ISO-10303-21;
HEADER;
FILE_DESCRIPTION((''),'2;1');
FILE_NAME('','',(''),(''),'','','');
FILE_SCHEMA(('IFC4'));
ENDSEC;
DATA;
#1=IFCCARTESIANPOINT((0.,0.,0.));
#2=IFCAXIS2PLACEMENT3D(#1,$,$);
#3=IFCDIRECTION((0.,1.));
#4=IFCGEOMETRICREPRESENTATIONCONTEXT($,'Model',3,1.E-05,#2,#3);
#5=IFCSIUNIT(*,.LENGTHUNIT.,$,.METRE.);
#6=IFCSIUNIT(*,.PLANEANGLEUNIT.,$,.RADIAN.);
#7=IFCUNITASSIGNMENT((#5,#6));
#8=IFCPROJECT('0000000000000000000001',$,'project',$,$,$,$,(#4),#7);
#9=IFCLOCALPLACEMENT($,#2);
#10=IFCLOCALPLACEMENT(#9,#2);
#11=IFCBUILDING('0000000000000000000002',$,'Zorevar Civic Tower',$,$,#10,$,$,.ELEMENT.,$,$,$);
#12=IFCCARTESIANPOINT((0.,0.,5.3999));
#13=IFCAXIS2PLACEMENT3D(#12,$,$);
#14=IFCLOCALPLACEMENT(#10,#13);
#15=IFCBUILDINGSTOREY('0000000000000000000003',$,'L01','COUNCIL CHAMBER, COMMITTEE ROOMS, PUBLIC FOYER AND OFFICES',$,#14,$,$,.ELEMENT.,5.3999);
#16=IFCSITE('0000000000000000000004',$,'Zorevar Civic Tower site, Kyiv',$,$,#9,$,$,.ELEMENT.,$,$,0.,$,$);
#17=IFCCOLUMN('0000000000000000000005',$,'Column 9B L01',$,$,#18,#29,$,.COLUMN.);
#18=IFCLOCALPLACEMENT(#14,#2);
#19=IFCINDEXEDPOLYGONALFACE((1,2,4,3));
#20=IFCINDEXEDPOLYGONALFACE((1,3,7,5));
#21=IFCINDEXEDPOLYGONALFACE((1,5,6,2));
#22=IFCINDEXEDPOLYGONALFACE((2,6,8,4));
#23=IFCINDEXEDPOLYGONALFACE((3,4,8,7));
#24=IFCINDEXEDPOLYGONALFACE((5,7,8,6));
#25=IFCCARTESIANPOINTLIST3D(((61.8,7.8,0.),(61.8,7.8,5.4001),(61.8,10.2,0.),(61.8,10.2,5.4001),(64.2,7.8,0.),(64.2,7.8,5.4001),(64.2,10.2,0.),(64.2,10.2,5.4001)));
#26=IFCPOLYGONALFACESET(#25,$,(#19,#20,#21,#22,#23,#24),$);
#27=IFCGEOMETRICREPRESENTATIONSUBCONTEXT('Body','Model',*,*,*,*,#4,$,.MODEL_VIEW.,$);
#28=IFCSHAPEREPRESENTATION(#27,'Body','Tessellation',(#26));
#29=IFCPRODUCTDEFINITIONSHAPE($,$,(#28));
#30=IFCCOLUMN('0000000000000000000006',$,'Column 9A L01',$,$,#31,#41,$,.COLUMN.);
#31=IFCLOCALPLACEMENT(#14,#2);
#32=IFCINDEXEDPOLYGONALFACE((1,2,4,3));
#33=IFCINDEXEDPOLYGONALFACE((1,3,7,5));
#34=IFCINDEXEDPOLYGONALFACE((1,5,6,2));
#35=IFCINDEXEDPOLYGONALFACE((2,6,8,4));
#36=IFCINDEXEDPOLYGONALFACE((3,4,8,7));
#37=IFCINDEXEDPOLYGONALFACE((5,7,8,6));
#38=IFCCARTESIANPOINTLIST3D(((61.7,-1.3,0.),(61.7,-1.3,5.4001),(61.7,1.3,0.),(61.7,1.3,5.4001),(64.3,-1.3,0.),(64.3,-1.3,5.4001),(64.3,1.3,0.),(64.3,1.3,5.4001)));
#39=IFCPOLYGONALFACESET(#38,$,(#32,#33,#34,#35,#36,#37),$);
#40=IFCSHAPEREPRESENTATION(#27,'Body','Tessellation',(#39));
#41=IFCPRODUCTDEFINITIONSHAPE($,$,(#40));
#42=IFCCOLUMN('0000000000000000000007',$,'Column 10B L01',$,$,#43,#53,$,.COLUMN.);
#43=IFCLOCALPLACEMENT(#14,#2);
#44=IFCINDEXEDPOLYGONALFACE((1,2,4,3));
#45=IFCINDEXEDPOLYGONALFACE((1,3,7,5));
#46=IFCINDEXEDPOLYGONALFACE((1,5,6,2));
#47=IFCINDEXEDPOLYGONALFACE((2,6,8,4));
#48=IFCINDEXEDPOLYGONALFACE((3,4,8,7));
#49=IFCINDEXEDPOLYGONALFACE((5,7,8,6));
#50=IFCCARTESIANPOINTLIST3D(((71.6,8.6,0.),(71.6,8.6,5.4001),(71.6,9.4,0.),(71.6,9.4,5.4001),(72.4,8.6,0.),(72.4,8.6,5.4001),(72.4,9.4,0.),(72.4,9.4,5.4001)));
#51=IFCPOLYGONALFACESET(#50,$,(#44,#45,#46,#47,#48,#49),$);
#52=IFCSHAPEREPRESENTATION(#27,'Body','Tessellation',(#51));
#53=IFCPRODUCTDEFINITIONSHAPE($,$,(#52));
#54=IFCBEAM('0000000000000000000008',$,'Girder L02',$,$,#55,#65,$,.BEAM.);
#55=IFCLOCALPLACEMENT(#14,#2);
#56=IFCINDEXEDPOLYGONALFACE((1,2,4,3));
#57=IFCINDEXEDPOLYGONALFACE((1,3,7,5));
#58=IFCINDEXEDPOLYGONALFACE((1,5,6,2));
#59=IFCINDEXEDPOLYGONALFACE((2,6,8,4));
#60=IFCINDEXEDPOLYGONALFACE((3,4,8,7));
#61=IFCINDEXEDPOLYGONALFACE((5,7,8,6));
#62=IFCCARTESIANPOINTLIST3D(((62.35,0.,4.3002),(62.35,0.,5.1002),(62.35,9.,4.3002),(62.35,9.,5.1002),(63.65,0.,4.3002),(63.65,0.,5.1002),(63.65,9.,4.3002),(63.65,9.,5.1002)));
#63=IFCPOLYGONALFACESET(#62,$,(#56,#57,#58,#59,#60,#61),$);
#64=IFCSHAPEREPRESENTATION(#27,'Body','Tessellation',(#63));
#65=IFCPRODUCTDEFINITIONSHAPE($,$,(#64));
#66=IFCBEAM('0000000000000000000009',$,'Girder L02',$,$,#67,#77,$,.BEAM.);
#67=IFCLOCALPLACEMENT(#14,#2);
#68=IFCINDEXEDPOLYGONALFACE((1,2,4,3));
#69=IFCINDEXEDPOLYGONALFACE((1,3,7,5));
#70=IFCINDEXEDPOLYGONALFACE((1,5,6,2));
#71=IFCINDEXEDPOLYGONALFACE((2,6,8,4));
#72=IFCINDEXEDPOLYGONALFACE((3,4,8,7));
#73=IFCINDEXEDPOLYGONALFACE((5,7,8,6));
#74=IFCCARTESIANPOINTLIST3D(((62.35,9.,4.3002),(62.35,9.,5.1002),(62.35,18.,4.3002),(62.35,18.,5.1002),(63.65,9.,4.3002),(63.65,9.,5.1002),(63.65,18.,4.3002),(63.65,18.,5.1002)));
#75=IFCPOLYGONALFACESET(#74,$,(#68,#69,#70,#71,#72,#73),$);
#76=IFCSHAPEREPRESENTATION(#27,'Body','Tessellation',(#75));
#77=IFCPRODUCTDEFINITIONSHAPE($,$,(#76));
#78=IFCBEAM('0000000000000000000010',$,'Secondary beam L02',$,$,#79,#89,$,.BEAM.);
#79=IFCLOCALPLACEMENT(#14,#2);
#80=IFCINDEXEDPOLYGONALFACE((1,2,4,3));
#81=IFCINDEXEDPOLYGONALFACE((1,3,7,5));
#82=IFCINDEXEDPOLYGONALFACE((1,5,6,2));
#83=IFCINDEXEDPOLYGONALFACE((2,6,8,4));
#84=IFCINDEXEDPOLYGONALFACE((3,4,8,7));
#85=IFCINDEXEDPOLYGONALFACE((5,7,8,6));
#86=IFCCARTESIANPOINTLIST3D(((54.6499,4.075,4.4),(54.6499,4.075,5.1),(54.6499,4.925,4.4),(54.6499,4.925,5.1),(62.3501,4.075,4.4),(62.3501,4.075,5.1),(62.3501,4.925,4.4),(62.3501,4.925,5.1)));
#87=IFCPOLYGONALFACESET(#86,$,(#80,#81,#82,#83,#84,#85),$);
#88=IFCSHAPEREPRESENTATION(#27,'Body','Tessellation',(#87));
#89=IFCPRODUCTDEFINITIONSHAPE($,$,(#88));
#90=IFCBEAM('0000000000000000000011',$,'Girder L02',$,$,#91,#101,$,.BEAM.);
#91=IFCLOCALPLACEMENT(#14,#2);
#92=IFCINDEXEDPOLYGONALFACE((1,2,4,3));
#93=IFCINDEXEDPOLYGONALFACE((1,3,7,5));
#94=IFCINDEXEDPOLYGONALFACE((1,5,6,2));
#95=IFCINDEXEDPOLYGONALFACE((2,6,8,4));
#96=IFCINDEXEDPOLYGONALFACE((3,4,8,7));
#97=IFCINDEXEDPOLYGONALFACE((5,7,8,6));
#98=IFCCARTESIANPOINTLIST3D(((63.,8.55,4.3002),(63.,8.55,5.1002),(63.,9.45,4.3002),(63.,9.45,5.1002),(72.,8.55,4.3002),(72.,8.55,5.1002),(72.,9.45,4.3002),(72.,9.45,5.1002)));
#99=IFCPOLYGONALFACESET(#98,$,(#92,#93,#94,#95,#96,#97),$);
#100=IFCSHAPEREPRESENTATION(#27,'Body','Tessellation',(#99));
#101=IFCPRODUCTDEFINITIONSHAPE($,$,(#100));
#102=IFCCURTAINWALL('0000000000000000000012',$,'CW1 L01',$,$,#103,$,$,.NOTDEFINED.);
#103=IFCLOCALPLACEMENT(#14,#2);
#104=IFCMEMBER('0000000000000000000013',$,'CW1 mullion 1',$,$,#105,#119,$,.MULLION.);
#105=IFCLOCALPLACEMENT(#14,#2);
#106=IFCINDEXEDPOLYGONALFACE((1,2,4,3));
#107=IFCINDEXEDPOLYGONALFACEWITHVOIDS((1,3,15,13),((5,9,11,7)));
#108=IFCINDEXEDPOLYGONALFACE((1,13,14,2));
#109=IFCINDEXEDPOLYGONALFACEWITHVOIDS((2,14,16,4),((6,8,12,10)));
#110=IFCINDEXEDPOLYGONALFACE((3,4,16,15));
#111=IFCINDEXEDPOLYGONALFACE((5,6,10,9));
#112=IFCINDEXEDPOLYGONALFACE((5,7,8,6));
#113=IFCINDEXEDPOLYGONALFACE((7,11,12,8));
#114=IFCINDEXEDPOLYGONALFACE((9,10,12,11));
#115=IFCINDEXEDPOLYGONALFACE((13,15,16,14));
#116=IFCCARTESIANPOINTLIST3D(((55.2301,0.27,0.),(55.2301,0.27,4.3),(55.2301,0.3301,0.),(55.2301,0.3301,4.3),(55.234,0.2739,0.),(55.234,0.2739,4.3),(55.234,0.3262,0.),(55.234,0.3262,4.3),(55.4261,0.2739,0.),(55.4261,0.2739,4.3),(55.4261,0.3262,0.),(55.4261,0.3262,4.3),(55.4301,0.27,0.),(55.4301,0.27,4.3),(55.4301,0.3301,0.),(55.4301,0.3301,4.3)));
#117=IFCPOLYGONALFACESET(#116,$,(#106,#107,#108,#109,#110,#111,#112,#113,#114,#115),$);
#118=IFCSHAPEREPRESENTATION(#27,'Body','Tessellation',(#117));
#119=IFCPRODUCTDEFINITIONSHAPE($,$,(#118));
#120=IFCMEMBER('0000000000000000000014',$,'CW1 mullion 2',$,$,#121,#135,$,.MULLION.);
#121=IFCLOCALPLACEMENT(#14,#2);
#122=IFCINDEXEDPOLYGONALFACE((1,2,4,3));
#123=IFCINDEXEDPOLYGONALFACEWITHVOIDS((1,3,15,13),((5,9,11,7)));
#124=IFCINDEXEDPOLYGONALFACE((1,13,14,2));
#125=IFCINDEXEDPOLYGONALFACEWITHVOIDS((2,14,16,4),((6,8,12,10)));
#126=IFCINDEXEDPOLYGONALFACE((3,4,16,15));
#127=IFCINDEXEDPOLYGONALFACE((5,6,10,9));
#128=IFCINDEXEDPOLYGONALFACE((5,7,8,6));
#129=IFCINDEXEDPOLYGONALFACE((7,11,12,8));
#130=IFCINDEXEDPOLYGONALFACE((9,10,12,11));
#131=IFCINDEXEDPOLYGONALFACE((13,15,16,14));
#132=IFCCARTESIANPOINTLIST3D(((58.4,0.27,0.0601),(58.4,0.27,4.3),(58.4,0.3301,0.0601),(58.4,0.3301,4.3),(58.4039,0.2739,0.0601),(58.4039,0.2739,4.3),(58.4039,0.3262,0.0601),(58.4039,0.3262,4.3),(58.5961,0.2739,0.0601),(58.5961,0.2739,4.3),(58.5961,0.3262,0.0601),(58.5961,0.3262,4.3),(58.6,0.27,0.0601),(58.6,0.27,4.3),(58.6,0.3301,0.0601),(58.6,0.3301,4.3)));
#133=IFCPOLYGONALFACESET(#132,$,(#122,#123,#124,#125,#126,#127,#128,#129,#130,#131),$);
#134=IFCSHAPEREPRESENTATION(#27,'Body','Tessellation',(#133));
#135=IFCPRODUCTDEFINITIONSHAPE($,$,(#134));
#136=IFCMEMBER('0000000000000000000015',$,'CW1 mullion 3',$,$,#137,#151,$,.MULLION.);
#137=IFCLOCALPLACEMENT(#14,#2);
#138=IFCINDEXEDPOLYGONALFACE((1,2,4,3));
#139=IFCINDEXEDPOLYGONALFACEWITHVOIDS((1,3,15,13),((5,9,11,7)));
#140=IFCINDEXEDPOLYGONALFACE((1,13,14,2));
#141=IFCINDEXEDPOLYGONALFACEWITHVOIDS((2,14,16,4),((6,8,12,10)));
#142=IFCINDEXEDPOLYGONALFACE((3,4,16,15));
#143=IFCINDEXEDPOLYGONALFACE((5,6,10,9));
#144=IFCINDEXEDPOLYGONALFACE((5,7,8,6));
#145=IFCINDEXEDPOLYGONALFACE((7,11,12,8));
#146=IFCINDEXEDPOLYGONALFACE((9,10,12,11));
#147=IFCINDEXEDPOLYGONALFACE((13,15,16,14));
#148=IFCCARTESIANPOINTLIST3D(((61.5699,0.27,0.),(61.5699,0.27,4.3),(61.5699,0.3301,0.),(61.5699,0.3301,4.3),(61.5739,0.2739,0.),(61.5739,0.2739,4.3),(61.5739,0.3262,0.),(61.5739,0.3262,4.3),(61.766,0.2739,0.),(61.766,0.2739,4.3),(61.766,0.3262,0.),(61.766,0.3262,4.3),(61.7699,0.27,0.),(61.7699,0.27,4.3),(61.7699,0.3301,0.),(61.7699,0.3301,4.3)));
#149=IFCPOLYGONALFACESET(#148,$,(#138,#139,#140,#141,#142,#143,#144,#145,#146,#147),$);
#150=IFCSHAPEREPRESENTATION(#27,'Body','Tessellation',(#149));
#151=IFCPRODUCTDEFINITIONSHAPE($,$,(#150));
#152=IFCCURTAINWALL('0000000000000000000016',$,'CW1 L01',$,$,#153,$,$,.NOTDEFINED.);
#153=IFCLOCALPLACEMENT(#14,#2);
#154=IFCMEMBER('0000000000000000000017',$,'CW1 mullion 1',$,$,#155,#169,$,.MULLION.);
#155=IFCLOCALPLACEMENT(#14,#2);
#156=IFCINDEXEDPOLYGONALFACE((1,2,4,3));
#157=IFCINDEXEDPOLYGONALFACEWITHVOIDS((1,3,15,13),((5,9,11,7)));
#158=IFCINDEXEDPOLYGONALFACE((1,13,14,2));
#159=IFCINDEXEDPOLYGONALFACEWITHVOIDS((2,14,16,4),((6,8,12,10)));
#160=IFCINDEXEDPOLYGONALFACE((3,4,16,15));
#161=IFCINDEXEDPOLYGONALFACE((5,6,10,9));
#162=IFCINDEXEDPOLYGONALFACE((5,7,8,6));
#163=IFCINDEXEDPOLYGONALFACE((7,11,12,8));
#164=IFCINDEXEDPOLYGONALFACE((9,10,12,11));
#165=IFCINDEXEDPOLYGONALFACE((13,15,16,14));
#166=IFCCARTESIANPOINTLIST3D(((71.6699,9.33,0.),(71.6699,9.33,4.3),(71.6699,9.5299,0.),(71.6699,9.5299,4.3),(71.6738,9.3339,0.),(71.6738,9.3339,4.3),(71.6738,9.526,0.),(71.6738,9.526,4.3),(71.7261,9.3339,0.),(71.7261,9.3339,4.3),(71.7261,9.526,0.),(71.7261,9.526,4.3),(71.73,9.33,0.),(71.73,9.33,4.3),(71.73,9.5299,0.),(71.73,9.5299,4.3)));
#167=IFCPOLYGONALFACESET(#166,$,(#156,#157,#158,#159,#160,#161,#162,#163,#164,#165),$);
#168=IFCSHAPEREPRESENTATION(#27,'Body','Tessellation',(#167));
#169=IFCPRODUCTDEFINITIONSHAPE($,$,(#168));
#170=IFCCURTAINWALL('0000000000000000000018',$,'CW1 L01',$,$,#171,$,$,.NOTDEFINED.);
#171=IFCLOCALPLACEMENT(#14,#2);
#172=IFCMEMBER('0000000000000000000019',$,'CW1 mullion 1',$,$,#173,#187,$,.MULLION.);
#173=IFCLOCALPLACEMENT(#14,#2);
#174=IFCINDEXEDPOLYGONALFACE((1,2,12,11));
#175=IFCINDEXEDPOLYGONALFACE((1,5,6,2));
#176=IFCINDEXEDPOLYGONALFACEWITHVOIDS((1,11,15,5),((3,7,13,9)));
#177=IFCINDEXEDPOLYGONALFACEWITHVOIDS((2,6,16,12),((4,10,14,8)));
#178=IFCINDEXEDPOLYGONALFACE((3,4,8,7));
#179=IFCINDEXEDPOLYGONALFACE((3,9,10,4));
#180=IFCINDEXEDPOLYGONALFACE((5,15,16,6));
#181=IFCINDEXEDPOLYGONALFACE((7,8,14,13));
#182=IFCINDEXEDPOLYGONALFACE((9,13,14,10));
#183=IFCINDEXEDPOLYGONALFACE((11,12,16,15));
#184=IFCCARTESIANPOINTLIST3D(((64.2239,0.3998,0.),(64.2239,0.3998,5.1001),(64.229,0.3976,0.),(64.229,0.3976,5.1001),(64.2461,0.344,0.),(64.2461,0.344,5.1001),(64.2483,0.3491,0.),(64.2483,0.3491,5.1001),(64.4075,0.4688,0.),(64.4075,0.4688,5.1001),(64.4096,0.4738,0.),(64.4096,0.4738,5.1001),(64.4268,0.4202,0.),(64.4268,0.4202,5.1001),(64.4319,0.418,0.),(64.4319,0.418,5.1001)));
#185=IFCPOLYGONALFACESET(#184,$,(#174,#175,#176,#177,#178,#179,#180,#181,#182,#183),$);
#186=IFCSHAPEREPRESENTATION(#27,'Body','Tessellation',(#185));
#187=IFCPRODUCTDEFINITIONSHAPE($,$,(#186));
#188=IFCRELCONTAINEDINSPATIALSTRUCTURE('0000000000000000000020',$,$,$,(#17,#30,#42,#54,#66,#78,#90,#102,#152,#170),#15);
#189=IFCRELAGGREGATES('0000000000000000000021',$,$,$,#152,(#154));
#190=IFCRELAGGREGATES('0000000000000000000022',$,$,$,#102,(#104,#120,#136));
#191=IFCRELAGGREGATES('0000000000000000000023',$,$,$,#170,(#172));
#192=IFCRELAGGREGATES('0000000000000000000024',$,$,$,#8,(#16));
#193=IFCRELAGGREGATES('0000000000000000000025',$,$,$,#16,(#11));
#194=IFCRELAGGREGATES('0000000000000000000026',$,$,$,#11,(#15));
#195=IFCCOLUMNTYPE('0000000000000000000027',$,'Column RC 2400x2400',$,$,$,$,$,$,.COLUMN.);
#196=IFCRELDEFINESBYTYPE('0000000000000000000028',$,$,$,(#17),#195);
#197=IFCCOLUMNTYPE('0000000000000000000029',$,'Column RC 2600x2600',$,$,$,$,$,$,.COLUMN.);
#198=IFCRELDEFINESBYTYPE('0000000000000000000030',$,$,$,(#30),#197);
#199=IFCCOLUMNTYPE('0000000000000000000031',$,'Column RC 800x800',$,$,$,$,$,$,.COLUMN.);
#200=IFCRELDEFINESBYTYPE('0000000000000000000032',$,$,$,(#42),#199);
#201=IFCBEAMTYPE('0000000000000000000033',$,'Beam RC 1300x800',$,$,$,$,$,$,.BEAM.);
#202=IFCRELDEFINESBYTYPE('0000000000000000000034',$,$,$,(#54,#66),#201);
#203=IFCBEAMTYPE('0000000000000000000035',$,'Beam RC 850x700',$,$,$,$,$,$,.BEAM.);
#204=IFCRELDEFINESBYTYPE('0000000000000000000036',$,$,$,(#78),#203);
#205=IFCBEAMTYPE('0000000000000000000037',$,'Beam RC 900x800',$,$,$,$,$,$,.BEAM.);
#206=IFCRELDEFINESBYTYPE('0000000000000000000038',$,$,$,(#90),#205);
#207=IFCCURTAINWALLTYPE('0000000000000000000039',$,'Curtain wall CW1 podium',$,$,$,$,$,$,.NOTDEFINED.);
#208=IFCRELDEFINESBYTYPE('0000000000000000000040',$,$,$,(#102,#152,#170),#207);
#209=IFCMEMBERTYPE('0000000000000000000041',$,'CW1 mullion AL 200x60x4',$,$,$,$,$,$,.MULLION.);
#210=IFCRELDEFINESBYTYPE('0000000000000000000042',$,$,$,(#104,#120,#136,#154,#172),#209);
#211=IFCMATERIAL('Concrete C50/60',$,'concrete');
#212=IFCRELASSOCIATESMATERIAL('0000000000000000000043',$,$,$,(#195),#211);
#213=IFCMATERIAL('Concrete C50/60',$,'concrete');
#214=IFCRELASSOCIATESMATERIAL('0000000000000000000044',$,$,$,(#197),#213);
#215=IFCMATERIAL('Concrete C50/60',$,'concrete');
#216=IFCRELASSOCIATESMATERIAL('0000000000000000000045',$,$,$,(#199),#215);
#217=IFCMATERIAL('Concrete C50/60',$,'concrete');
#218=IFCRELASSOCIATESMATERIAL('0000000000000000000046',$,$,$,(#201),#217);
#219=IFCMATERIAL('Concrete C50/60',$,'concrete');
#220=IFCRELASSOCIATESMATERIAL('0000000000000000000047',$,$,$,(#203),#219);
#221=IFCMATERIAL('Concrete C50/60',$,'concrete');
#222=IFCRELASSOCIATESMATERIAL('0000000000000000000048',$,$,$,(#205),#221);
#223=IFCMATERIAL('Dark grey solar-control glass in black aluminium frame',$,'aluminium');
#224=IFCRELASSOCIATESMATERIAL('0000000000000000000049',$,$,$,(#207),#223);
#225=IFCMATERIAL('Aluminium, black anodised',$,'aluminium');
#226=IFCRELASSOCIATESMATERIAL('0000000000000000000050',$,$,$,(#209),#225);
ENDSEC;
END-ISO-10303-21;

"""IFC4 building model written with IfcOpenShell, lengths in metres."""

from ifc_helpers import new_model, si_unit, direction, frame, origin, origin_2d, place, context, subcontext, project, spatial, rectangle, hollow_rectangle, extrude, material, material_profile, profile_set, type_object, element, aggregate, save


model = new_model("IFC4")

# Units and contexts
model_context = context("Model", 3, precision=1e-05, world=origin(), true_north=direction((0.0, 1.0)))
body_context = subcontext(model_context, "Body", "Model", "MODEL_VIEW")
ifc_project = project(units=[si_unit("LENGTHUNIT", "METRE"), si_unit("PLANEANGLEUNIT", "RADIAN")], contexts=[model_context])

# Site, building, storey
site_placement = place(None, origin())
site = spatial("IfcSite", under=ifc_project, at=site_placement, Name="Zorevar Civic Tower site, Kyiv", CompositionType="ELEMENT", RefElevation=0.0)
building_placement = place(site_placement, origin())
building = spatial("IfcBuilding", under=site, at=building_placement, Name="Zorevar Civic Tower", CompositionType="ELEMENT")
storey_placement = place(building_placement, frame((0.0, 0.0, 5.3999)))
storey = spatial("IfcBuildingStorey", under=building, at=storey_placement, Name="L01", Description="COUNCIL CHAMBER, COMMITTEE ROOMS, PUBLIC FOYER AND OFFICES", CompositionType="ELEMENT", Elevation=5.3999)

# Columns
ifc_material_1 = material(Name="Concrete C50/60", Category="concrete")
ifc_material_profile_1 = material_profile(ifc_material_1, rectangle(XDim=2.3999, YDim=2.3999, at=origin_2d()), Name="RC 2400x2400")
ifc_profile_set_1 = profile_set([ifc_material_profile_1], Name="Concrete C50/60")
column_type_1 = type_object("IfcColumnType", Name="Column RC 2400x2400", PredefinedType="COLUMN", material=ifc_profile_set_1)
column_1_placement = place(storey_placement, frame((63.0, 9.0, 0.0), z_axis=(0.0, 0.0, 1.0), x_axis=(1.0, 0.0, 0.0)))
element("IfcColumn", 1, at=column_1_placement, inside=storey, type_object=column_type_1, Name="Column 9B L01", PredefinedType="COLUMN", context=body_context, shape_type="SweptSolid", body=[
    extrude(rectangle(XDim=2.3999, YDim=2.3999, at=origin_2d()), origin(), (0.0, 0.0, 1.0), 5.4001),
])
ifc_material_2 = material(Name="Concrete C50/60", Category="concrete")
ifc_material_profile_2 = material_profile(ifc_material_2, rectangle(XDim=2.6001, YDim=2.6001, at=origin_2d()), Name="RC 2600x2600")
ifc_profile_set_2 = profile_set([ifc_material_profile_2], Name="Concrete C50/60")
column_type_2 = type_object("IfcColumnType", Name="Column RC 2600x2600", PredefinedType="COLUMN", material=ifc_profile_set_2)
column_2_placement = place(storey_placement, frame((63.0, 0.0, 0.0), z_axis=(0.0, 0.0, 1.0), x_axis=(1.0, 0.0, 0.0)))
element("IfcColumn", 2, at=column_2_placement, inside=storey, type_object=column_type_2, Name="Column 9A L01", PredefinedType="COLUMN", context=body_context, shape_type="SweptSolid", body=[
    extrude(rectangle(XDim=2.6001, YDim=2.6001, at=origin_2d()), origin(), (0.0, 0.0, 1.0), 5.4001),
])
ifc_material_3 = material(Name="Concrete C50/60", Category="concrete")
ifc_material_profile_3 = material_profile(ifc_material_3, rectangle(XDim=0.8, YDim=0.8, at=origin_2d()), Name="RC 800x800")
ifc_profile_set_3 = profile_set([ifc_material_profile_3], Name="Concrete C50/60")
column_type_3 = type_object("IfcColumnType", Name="Column RC 800x800", PredefinedType="COLUMN", material=ifc_profile_set_3)
column_3_placement = place(storey_placement, frame((72.0, 9.0, 0.0), z_axis=(0.0, 0.0, 1.0), x_axis=(1.0, 0.0, 0.0)))
element("IfcColumn", 3, at=column_3_placement, inside=storey, type_object=column_type_3, Name="Column 10B L01", PredefinedType="COLUMN", context=body_context, shape_type="SweptSolid", body=[
    extrude(rectangle(XDim=0.8, YDim=0.8, at=origin_2d()), origin(), (0.0, 0.0, 1.0), 5.4001),
])

# Beams
ifc_material_4 = material(Name="Concrete C50/60", Category="concrete")
ifc_material_profile_4 = material_profile(ifc_material_4, rectangle(XDim=1.3, YDim=0.8, at=origin_2d()), Name="RC 1300x800")
ifc_profile_set_4 = profile_set([ifc_material_profile_4], Name="Concrete C50/60")
beam_type_1 = type_object("IfcBeamType", Name="Beam RC 1300x800", PredefinedType="BEAM", material=ifc_profile_set_4)
for number, where, z_axis, x_axis, name in (
    (4, (63.0, 0.0, 4.7002), (0.0, 1.0, 0.0), (-1.0, 0.0, 0.0), "Girder L02"),
    (5, (63.0, 9.0, 4.7002), (0.0, 1.0, 0.0), (-1.0, 0.0, 0.0), "Girder L02"),
):
    element("IfcBeam", number, at=place(storey_placement, frame(where, z_axis=z_axis, x_axis=x_axis)), inside=storey, type_object=beam_type_1, Name=name, PredefinedType="BEAM", context=body_context, shape_type="SweptSolid", body=[
        extrude(rectangle(XDim=1.3, YDim=0.8, at=origin_2d()), origin(), (0.0, 0.0, 1.0), 9.0),
    ])
ifc_material_5 = material(Name="Concrete C50/60", Category="concrete")
ifc_material_profile_5 = material_profile(ifc_material_5, rectangle(XDim=0.8501, YDim=0.7, at=origin_2d()), Name="RC 850x700")
ifc_profile_set_5 = profile_set([ifc_material_profile_5], Name="Concrete C50/60")
beam_type_2 = type_object("IfcBeamType", Name="Beam RC 850x700", PredefinedType="BEAM", material=ifc_profile_set_5)
beam_1_placement = place(storey_placement, frame((54.6499, 4.5, 4.75), z_axis=(1.0, 0.0, 0.0), x_axis=(0.0, 1.0, 0.0)))
element("IfcBeam", 6, at=beam_1_placement, inside=storey, type_object=beam_type_2, Name="Secondary beam L02", PredefinedType="BEAM", context=body_context, shape_type="SweptSolid", body=[
    extrude(rectangle(XDim=0.8501, YDim=0.7, at=origin_2d()), origin(), (0.0, 0.0, 1.0), 7.7002),
])
ifc_material_6 = material(Name="Concrete C50/60", Category="concrete")
ifc_material_profile_6 = material_profile(ifc_material_6, rectangle(XDim=0.8999, YDim=0.8, at=origin_2d()), Name="RC 900x800")
ifc_profile_set_6 = profile_set([ifc_material_profile_6], Name="Concrete C50/60")
beam_type_3 = type_object("IfcBeamType", Name="Beam RC 900x800", PredefinedType="BEAM", material=ifc_profile_set_6)
beam_2_placement = place(storey_placement, frame((63.0, 9.0, 4.7002), z_axis=(1.0, 0.0, 0.0), x_axis=(0.0, 1.0, 0.0)))
element("IfcBeam", 7, at=beam_2_placement, inside=storey, type_object=beam_type_3, Name="Girder L02", PredefinedType="BEAM", context=body_context, shape_type="SweptSolid", body=[
    extrude(rectangle(XDim=0.8999, YDim=0.8, at=origin_2d()), origin(), (0.0, 0.0, 1.0), 9.0),
])

# Curtain wall, members
ifc_material_7 = material(Name="Dark grey solar-control glass in black aluminium frame", Category="aluminium")
curtain_wall_type = type_object("IfcCurtainWallType", Name="Curtain wall CW1 podium", PredefinedType="NOTDEFINED", material=ifc_material_7)
curtain_wall_1_placement = place(storey_placement, origin())
curtain_wall_1 = element("IfcCurtainWall", 8, at=curtain_wall_1_placement, inside=storey, type_object=curtain_wall_type, Name="CW1 L01", PredefinedType="NOTDEFINED")
ifc_material_8 = material(Name="Aluminium, black anodised", Category="aluminium")
ifc_material_profile_7 = material_profile(ifc_material_8, hollow_rectangle(XDim=0.0601, YDim=0.2, WallThickness=0.0039, at=origin_2d()), Name="AL 200x60x4")
ifc_profile_set_7 = profile_set([ifc_material_profile_7], Name="Aluminium, black anodised")
member_type_1 = type_object("IfcMemberType", Name="CW1 mullion AL 200x60x4", PredefinedType="MULLION", material=ifc_profile_set_7)
member_1_placement = place(storey_placement, frame((55.3301, 0.3, 0.0), z_axis=(0.0, 0.0, 1.0), x_axis=(0.0, 1.0, 0.0)))
member_1 = element("IfcMember", 9, at=member_1_placement, type_object=member_type_1, Name="CW1 mullion 1", PredefinedType="MULLION", context=body_context, shape_type="SweptSolid", body=[
    extrude(hollow_rectangle(XDim=0.0601, YDim=0.2, WallThickness=0.0039, at=origin_2d()), origin(), (0.0, 0.0, 1.0), 4.3),
])
member_2_placement = place(storey_placement, frame((58.5, 0.3, 0.0601), z_axis=(0.0, 0.0, 1.0), x_axis=(0.0, 1.0, 0.0)))
member_2 = element("IfcMember", 10, at=member_2_placement, type_object=member_type_1, Name="CW1 mullion 2", PredefinedType="MULLION", context=body_context, shape_type="SweptSolid", body=[
    extrude(hollow_rectangle(XDim=0.0601, YDim=0.2, WallThickness=0.0039, at=origin_2d()), origin(), (0.0, 0.0, 1.0), 4.24),
])
member_3_placement = place(storey_placement, frame((61.6699, 0.3, 0.0), z_axis=(0.0, 0.0, 1.0), x_axis=(0.0, 1.0, 0.0)))
member_3 = element("IfcMember", 11, at=member_3_placement, type_object=member_type_1, Name="CW1 mullion 3", PredefinedType="MULLION", context=body_context, shape_type="SweptSolid", body=[
    extrude(hollow_rectangle(XDim=0.0601, YDim=0.2, WallThickness=0.0039, at=origin_2d()), origin(), (0.0, 0.0, 1.0), 4.3),
])

# Curtain wall, member
curtain_wall_2_placement = place(storey_placement, origin())
curtain_wall_2 = element("IfcCurtainWall", 12, at=curtain_wall_2_placement, inside=storey, type_object=curtain_wall_type, Name="CW1 L01", PredefinedType="NOTDEFINED")
member_4_placement = place(storey_placement, frame((71.7, 9.4299, 0.0), z_axis=(0.0, 0.0, 1.0), x_axis=(-1.0, 0.0, 0.0)))
member_4 = element("IfcMember", 13, at=member_4_placement, type_object=member_type_1, Name="CW1 mullion 1", PredefinedType="MULLION", context=body_context, shape_type="SweptSolid", body=[
    extrude(hollow_rectangle(XDim=0.0601, YDim=0.2, WallThickness=0.0039, at=origin_2d()), origin(), (0.0, 0.0, 1.0), 4.3),
])

# Curtain wall, member
curtain_wall_3_placement = place(storey_placement, origin())
curtain_wall_3 = element("IfcCurtainWall", 14, at=curtain_wall_3_placement, inside=storey, type_object=curtain_wall_type, Name="CW1 L01", PredefinedType="NOTDEFINED")
member_5_placement = place(storey_placement, frame((64.3279, 0.4089, 0.0), z_axis=(0.0, 0.0, 1.0), x_axis=(-0.370111, 0.928988, 0.0)))
member_5 = element("IfcMember", 15, at=member_5_placement, type_object=member_type_1, Name="CW1 mullion 1", PredefinedType="MULLION", context=body_context, shape_type="SweptSolid", body=[
    extrude(hollow_rectangle(XDim=0.0601, YDim=0.2, WallThickness=0.0039, at=origin_2d()), origin(), (0.0, 0.0, 1.0), 5.1001),
])

aggregate(curtain_wall_2, [member_4])

aggregate(curtain_wall_1, [member_1, member_2, member_3])
aggregate(curtain_wall_3, [member_5])

save(model, "model.ifc")
